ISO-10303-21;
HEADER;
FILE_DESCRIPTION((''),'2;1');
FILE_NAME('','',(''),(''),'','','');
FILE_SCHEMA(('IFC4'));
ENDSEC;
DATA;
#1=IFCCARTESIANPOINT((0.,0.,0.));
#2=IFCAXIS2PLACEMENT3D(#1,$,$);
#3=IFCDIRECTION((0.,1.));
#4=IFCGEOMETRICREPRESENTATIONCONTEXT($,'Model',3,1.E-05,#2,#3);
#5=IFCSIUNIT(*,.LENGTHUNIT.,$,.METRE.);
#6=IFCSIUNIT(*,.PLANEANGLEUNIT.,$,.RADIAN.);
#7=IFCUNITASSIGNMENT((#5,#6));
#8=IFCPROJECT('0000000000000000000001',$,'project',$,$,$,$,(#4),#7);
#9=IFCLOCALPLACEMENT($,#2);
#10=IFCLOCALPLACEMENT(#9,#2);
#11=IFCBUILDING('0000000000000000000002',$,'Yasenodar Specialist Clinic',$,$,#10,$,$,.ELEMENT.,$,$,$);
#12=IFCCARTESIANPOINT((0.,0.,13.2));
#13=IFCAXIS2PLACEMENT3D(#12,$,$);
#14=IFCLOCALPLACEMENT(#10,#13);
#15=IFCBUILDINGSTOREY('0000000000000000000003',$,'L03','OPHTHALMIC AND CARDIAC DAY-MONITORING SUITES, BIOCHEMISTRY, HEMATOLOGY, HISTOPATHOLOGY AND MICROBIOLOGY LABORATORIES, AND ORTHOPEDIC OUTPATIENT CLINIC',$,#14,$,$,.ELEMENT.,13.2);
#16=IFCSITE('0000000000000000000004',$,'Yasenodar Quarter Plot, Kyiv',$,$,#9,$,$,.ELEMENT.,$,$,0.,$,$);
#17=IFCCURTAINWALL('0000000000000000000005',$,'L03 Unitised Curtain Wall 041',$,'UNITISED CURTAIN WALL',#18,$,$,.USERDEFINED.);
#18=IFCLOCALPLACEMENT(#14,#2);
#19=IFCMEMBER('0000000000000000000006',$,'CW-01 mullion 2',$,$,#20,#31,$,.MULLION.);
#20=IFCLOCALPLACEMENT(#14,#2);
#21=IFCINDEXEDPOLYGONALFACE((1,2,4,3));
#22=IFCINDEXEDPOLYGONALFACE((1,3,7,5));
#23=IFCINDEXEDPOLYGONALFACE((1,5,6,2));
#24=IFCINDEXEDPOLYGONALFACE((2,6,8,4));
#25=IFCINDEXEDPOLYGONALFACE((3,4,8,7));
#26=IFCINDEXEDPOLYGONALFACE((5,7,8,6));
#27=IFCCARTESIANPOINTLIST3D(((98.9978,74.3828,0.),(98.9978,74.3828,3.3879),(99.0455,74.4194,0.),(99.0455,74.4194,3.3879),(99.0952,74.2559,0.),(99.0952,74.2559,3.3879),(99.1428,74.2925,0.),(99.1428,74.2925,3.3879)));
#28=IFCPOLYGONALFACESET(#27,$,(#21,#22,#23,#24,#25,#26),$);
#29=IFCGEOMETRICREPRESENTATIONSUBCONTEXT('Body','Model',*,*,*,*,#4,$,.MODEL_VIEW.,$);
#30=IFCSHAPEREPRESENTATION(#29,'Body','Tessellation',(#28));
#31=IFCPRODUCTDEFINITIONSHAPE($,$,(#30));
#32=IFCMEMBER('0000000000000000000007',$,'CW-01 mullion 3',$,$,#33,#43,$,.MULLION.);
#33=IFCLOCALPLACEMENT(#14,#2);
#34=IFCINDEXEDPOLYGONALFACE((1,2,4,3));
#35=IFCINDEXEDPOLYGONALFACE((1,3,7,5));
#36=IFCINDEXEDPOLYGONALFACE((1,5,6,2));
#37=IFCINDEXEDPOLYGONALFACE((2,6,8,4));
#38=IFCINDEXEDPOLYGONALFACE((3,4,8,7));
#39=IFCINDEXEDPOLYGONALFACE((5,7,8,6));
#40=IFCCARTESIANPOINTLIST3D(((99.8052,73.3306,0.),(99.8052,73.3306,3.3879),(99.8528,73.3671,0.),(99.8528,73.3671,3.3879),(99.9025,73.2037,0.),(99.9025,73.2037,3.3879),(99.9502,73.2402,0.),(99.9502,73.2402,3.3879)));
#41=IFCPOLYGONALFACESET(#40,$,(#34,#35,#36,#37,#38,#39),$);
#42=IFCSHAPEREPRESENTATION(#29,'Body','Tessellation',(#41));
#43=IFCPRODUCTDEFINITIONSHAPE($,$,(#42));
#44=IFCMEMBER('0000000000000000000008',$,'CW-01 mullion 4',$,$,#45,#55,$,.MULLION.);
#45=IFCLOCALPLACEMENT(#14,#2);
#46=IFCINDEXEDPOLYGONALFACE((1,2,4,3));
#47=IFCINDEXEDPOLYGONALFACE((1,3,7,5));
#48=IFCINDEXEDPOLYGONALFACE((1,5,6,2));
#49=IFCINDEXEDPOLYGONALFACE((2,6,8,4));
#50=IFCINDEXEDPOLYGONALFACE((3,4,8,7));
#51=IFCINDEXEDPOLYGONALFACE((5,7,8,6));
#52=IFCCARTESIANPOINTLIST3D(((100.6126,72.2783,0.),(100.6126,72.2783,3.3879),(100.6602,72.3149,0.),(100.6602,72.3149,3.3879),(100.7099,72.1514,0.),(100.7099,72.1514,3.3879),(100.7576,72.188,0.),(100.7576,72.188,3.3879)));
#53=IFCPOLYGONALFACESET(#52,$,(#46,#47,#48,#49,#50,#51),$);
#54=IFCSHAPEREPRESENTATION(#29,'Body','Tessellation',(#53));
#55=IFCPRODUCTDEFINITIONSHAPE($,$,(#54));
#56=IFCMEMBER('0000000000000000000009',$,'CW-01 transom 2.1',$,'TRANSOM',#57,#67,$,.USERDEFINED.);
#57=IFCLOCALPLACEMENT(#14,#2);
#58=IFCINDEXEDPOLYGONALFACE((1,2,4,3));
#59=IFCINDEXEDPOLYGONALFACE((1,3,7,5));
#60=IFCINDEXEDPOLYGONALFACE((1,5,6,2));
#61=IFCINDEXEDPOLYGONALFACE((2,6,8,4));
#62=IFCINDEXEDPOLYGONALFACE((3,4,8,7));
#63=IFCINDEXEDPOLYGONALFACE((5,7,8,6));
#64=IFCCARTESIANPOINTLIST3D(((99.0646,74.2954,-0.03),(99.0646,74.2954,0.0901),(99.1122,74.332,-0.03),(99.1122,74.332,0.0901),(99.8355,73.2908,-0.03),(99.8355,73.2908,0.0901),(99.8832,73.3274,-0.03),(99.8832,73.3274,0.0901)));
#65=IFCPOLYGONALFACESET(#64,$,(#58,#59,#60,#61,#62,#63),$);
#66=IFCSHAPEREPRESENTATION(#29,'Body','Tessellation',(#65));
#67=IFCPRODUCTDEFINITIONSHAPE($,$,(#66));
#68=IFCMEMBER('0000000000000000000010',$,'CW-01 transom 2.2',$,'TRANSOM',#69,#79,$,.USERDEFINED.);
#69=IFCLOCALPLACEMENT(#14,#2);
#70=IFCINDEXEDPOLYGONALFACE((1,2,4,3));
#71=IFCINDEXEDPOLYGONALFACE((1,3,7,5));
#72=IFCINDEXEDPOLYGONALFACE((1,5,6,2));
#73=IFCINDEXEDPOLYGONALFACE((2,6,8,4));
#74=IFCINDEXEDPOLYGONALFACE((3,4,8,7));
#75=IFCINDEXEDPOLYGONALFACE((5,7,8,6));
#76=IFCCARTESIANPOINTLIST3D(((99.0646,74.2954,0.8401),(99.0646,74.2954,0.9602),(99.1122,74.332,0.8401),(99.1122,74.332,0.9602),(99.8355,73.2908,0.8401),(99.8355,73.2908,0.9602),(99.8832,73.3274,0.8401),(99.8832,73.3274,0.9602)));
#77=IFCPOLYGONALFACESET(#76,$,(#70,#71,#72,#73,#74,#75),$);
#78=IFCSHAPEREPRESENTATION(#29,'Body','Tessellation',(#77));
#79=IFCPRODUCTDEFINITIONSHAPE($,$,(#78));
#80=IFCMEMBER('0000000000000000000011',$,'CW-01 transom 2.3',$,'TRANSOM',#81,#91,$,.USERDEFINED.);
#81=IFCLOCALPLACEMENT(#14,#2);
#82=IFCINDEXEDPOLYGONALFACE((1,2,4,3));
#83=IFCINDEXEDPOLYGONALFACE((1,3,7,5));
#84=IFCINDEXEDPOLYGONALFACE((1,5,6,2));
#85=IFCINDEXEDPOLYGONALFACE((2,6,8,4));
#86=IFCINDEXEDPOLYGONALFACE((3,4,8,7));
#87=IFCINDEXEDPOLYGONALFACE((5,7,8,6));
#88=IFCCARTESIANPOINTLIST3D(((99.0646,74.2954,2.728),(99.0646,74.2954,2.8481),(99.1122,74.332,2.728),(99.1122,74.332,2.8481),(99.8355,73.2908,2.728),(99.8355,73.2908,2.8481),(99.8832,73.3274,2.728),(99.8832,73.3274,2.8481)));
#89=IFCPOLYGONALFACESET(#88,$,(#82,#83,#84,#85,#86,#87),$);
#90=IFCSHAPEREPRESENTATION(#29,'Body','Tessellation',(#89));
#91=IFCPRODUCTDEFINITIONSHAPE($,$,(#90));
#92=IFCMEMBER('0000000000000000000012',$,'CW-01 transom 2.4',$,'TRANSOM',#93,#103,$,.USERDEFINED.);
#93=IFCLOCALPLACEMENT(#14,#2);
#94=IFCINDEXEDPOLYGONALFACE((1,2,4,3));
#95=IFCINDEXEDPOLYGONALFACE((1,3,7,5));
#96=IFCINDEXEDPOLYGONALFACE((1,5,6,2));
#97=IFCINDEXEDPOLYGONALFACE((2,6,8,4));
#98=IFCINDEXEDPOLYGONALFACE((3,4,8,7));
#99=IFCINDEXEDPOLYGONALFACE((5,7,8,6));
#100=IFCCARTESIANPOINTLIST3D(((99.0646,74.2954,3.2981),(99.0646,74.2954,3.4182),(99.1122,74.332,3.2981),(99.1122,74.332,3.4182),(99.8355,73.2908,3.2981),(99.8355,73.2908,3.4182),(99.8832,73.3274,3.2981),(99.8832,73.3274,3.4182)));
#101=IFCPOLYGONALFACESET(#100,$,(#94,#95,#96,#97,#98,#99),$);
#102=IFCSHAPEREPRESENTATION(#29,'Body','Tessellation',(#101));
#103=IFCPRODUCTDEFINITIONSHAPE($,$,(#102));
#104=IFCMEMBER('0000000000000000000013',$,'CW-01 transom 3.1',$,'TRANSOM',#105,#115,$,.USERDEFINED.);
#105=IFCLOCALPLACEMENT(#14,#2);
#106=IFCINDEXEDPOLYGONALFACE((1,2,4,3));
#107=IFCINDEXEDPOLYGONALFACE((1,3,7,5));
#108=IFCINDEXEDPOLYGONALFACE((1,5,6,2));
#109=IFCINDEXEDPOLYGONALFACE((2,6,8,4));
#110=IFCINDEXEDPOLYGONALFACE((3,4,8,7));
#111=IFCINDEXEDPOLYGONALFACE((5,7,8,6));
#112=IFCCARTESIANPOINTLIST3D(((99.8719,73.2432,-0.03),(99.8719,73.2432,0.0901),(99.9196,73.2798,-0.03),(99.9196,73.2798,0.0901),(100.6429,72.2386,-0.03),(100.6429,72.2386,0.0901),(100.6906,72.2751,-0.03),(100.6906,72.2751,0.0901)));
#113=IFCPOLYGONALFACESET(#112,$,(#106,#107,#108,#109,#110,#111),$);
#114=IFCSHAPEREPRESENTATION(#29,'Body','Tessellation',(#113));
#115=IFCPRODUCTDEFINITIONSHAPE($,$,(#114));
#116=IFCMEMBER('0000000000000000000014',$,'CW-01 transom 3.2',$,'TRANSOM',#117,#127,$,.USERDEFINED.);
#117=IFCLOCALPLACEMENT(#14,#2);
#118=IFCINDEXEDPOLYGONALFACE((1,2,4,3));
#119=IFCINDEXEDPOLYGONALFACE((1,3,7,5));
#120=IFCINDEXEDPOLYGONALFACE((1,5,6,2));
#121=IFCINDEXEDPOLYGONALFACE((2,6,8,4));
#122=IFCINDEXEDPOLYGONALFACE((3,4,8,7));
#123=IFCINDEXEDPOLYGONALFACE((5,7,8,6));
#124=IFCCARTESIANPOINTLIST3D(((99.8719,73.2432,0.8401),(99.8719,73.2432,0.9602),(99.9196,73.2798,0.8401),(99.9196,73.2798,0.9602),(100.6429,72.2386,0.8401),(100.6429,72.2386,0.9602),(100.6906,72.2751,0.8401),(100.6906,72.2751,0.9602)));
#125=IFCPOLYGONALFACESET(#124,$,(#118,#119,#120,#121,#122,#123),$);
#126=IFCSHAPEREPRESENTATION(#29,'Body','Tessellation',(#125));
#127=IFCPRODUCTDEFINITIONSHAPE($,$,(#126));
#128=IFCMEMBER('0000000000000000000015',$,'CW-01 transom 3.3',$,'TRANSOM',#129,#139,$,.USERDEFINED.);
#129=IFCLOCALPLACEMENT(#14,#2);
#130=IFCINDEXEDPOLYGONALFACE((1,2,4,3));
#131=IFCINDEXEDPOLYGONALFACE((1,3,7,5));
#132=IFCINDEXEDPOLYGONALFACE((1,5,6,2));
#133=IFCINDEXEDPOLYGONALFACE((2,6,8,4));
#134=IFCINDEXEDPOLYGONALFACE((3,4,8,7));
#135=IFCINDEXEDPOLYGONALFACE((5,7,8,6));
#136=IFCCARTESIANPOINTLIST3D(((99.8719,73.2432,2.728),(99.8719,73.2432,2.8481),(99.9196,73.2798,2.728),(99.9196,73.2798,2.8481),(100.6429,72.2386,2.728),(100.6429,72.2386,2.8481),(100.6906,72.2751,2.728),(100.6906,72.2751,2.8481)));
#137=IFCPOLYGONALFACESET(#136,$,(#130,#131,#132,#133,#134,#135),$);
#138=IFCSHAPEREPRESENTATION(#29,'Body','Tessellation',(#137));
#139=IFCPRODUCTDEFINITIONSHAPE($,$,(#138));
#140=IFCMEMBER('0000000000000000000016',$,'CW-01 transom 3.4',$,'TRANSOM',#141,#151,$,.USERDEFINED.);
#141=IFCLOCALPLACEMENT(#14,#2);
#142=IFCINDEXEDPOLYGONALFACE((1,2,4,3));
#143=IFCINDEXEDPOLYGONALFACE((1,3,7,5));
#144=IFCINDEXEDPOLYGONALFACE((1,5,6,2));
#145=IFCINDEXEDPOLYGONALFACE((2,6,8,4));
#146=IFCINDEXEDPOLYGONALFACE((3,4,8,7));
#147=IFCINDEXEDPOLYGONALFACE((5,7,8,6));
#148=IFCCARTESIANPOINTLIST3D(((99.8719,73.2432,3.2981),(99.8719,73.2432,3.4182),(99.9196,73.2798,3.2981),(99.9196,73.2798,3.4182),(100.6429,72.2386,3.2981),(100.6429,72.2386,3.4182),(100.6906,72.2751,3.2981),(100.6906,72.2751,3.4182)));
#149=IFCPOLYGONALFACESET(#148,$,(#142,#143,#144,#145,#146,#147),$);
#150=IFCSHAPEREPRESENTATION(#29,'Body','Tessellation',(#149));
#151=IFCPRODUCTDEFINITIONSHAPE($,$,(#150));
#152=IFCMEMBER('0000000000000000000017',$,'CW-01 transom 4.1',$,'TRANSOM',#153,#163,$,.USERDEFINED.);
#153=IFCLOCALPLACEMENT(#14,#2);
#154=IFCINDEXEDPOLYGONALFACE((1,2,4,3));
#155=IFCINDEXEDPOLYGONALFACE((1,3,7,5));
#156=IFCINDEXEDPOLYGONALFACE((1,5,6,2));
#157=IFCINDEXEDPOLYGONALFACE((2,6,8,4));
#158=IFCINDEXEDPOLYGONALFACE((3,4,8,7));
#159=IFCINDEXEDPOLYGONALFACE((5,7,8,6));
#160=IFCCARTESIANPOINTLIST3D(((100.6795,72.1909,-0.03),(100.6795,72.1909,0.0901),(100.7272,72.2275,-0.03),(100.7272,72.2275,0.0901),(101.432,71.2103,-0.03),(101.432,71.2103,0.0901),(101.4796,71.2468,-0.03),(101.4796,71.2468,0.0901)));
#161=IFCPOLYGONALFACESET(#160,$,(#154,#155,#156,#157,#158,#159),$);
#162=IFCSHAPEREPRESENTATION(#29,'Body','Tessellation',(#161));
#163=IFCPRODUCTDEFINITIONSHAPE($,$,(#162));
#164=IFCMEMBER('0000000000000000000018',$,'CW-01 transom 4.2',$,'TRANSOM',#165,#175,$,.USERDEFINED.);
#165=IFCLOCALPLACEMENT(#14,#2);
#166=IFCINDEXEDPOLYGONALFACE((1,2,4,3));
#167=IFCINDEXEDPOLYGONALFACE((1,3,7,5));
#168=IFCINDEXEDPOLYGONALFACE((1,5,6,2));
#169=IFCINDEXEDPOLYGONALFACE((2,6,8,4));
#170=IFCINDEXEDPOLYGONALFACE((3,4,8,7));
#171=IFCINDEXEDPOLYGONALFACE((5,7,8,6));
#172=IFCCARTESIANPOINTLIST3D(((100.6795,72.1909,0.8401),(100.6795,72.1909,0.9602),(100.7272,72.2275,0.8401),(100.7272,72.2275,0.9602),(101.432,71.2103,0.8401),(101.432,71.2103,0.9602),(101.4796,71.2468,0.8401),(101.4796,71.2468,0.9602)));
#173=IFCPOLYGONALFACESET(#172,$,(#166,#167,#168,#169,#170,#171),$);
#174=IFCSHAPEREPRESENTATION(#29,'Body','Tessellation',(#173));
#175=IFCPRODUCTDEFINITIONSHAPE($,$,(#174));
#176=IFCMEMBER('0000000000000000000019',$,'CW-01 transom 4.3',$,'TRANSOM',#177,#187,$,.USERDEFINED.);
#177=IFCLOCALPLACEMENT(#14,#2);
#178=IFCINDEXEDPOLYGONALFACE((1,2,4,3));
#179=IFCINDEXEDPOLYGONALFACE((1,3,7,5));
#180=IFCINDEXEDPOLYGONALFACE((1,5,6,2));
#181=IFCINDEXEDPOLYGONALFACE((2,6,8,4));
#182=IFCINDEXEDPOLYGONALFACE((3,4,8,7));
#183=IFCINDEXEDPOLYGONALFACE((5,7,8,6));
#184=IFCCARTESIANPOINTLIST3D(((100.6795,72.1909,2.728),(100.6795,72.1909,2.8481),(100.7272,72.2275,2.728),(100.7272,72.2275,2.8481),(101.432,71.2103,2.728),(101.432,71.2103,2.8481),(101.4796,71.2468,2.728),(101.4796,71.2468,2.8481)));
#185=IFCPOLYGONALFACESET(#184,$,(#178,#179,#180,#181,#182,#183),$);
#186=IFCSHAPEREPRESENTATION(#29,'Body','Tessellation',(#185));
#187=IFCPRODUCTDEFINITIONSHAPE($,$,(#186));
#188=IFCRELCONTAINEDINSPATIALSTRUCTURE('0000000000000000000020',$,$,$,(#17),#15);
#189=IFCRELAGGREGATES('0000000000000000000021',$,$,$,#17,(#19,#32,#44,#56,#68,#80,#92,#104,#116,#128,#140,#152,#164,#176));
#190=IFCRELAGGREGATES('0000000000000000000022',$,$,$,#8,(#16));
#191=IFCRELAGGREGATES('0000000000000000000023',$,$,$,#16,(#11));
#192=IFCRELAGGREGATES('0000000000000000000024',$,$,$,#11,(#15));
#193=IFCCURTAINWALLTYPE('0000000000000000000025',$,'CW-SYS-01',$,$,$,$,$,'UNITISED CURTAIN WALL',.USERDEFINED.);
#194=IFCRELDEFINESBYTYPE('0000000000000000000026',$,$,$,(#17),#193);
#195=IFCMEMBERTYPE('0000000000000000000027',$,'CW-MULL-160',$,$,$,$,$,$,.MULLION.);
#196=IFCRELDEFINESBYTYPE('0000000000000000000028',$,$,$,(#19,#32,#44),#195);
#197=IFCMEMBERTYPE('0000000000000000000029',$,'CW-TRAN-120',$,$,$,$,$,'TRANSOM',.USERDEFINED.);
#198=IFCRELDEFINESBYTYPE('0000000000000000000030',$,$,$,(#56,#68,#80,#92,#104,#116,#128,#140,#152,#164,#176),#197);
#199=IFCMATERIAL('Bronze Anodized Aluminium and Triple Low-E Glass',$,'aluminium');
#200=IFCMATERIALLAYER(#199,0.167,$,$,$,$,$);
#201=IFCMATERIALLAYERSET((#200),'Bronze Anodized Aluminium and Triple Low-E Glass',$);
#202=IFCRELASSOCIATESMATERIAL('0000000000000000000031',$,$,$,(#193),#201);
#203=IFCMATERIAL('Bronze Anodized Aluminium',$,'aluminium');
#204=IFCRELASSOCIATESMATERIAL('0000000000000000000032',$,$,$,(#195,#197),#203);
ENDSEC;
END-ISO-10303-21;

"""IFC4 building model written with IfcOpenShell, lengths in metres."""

from ifc_helpers import new_model, si_unit, direction, frame, origin, origin_2d, place, context, subcontext, project, spatial, rectangle, extrude, material, layer, layer_set, material_profile, profile_set, type_object, element, aggregate, save


model = new_model("IFC4")

# Units and contexts
model_context = context("Model", 3, precision=1e-05, world=origin(), true_north=direction((0.0, 1.0)))
body_context = subcontext(model_context, "Body", "Model", "MODEL_VIEW")
ifc_project = project(units=[si_unit("LENGTHUNIT", "METRE"), si_unit("PLANEANGLEUNIT", "RADIAN")], contexts=[model_context])

# Site, building, storey
site_placement = place(None, origin())
site = spatial("IfcSite", under=ifc_project, at=site_placement, Name="Yasenodar Quarter Plot, Kyiv", CompositionType="ELEMENT", RefElevation=0.0)
building_placement = place(site_placement, origin())
building = spatial("IfcBuilding", under=site, at=building_placement, Name="Yasenodar Specialist Clinic", CompositionType="ELEMENT")
storey_placement = place(building_placement, frame((0.0, 0.0, 13.2)))
storey = spatial("IfcBuildingStorey", under=building, at=storey_placement, Name="L03", Description="OPHTHALMIC AND CARDIAC DAY-MONITORING SUITES, BIOCHEMISTRY, HEMATOLOGY, HISTOPATHOLOGY AND MICROBIOLOGY LABORATORIES, AND ORTHOPEDIC OUTPATIENT CLINIC", CompositionType="ELEMENT", Elevation=13.2)

# Curtain wall, members
ifc_material_1 = material(Name="Bronze Anodized Aluminium and Triple Low-E Glass", Category="aluminium")
ifc_layer_1 = layer(ifc_material_1, 0.167)
ifc_layer_set_1 = layer_set([ifc_layer_1], Name="Bronze Anodized Aluminium and Triple Low-E Glass")
curtain_wall_type = type_object("IfcCurtainWallType", Name="CW-SYS-01", ElementType="UNITISED CURTAIN WALL", PredefinedType="USERDEFINED", material=ifc_layer_set_1)
curtain_wall_placement = place(storey_placement, origin())
curtain_wall = element("IfcCurtainWall", 1, at=curtain_wall_placement, inside=storey, type_object=curtain_wall_type, Name="L03 Unitised Curtain Wall 041", ObjectType="UNITISED CURTAIN WALL", PredefinedType="USERDEFINED")
ifc_material_2 = material(Name="Bronze Anodized Aluminium", Category="aluminium")
ifc_material_profile_1 = material_profile(ifc_material_2, rectangle(XDim=0.0601, YDim=0.1599, at=origin_2d()), Name="CW-MULL 60x160")
ifc_profile_set_1 = profile_set([ifc_material_profile_1], Name="Bronze Anodized Aluminium")
member_type_1 = type_object("IfcMemberType", Name="CW-MULL-160", PredefinedType="MULLION", material=ifc_profile_set_1)
member_1_placement = place(storey_placement, frame((99.0703, 74.3376, 0.0), z_axis=(0.0, 0.0, 1.0), x_axis=(0.793361, 0.608752, 0.0)))
member_1 = element("IfcMember", 2, at=member_1_placement, type_object=member_type_1, Name="CW-01 mullion 2", PredefinedType="MULLION", context=body_context, shape_type="SweptSolid", body=[
    extrude(rectangle(XDim=0.0601, YDim=0.1599, at=origin_2d()), origin(), (0.0, 0.0, 1.0), 3.3879),
])
member_2_placement = place(storey_placement, frame((99.8777, 73.2854, 0.0), z_axis=(0.0, 0.0, 1.0), x_axis=(0.793361, 0.608752, 0.0)))
member_2 = element("IfcMember", 3, at=member_2_placement, type_object=member_type_1, Name="CW-01 mullion 3", PredefinedType="MULLION", context=body_context, shape_type="SweptSolid", body=[
    extrude(rectangle(XDim=0.0601, YDim=0.1599, at=origin_2d()), origin(), (0.0, 0.0, 1.0), 3.3879),
])
member_3_placement = place(storey_placement, frame((100.6851, 72.2332, 0.0), z_axis=(0.0, 0.0, 1.0), x_axis=(0.793361, 0.608752, 0.0)))
member_3 = element("IfcMember", 4, at=member_3_placement, type_object=member_type_1, Name="CW-01 mullion 4", PredefinedType="MULLION", context=body_context, shape_type="SweptSolid", body=[
    extrude(rectangle(XDim=0.0601, YDim=0.1599, at=origin_2d()), origin(), (0.0, 0.0, 1.0), 3.3879),
])
ifc_material_profile_2 = material_profile(ifc_material_2, rectangle(XDim=0.0601, YDim=0.1201, at=origin_2d()), Name="CW-TRAN 60x120")
ifc_profile_set_2 = profile_set([ifc_material_profile_2], Name="Bronze Anodized Aluminium")
member_type_2 = type_object("IfcMemberType", Name="CW-TRAN-120", ElementType="TRANSOM", PredefinedType="USERDEFINED", material=ifc_profile_set_2)
member_4_placement = place(storey_placement, frame((99.0884, 74.3137, 0.03), z_axis=(0.608816, -0.793311, 0.0), x_axis=(0.793311, 0.608816, 0.0)))
member_4 = element("IfcMember", 5, at=member_4_placement, type_object=member_type_2, Name="CW-01 transom 2.1", ObjectType="TRANSOM", PredefinedType="USERDEFINED", context=body_context, shape_type="SweptSolid", body=[
    extrude(rectangle(XDim=0.0601, YDim=0.1201, at=origin_2d()), origin(), (0.0, 0.0, 1.0), 1.2664),
])
member_5_placement = place(storey_placement, frame((99.0884, 74.3137, 0.9001), z_axis=(0.608816, -0.793311, 0.0), x_axis=(0.793311, 0.608816, 0.0)))
member_5 = element("IfcMember", 6, at=member_5_placement, type_object=member_type_2, Name="CW-01 transom 2.2", ObjectType="TRANSOM", PredefinedType="USERDEFINED", context=body_context, shape_type="SweptSolid", body=[
    extrude(rectangle(XDim=0.0601, YDim=0.1201, at=origin_2d()), origin(), (0.0, 0.0, 1.0), 1.2664),
])
member_6_placement = place(storey_placement, frame((99.0884, 74.3137, 2.7881), z_axis=(0.608816, -0.793311, 0.0), x_axis=(0.793311, 0.608816, 0.0)))
member_6 = element("IfcMember", 7, at=member_6_placement, type_object=member_type_2, Name="CW-01 transom 2.3", ObjectType="TRANSOM", PredefinedType="USERDEFINED", context=body_context, shape_type="SweptSolid", body=[
    extrude(rectangle(XDim=0.0601, YDim=0.1201, at=origin_2d()), origin(), (0.0, 0.0, 1.0), 1.2664),
])
member_7_placement = place(storey_placement, frame((99.0884, 74.3137, 3.3582), z_axis=(0.608816, -0.793311, 0.0), x_axis=(0.793311, 0.608816, 0.0)))
member_7 = element("IfcMember", 8, at=member_7_placement, type_object=member_type_2, Name="CW-01 transom 2.4", ObjectType="TRANSOM", PredefinedType="USERDEFINED", context=body_context, shape_type="SweptSolid", body=[
    extrude(rectangle(XDim=0.0601, YDim=0.1201, at=origin_2d()), origin(), (0.0, 0.0, 1.0), 1.2664),
])
member_8_placement = place(storey_placement, frame((99.8958, 73.2615, 0.03), z_axis=(0.608816, -0.793311, 0.0), x_axis=(0.793311, 0.608816, 0.0)))
member_8 = element("IfcMember", 9, at=member_8_placement, type_object=member_type_2, Name="CW-01 transom 3.1", ObjectType="TRANSOM", PredefinedType="USERDEFINED", context=body_context, shape_type="SweptSolid", body=[
    extrude(rectangle(XDim=0.0601, YDim=0.1201, at=origin_2d()), origin(), (0.0, 0.0, 1.0), 1.2664),
])
member_9_placement = place(storey_placement, frame((99.8958, 73.2615, 0.9001), z_axis=(0.608816, -0.793311, 0.0), x_axis=(0.793311, 0.608816, 0.0)))
member_9 = element("IfcMember", 10, at=member_9_placement, type_object=member_type_2, Name="CW-01 transom 3.2", ObjectType="TRANSOM", PredefinedType="USERDEFINED", context=body_context, shape_type="SweptSolid", body=[
    extrude(rectangle(XDim=0.0601, YDim=0.1201, at=origin_2d()), origin(), (0.0, 0.0, 1.0), 1.2664),
])
member_10_placement = place(storey_placement, frame((99.8958, 73.2615, 2.7881), z_axis=(0.608816, -0.793311, 0.0), x_axis=(0.793311, 0.608816, 0.0)))
member_10 = element("IfcMember", 11, at=member_10_placement, type_object=member_type_2, Name="CW-01 transom 3.3", ObjectType="TRANSOM", PredefinedType="USERDEFINED", context=body_context, shape_type="SweptSolid", body=[
    extrude(rectangle(XDim=0.0601, YDim=0.1201, at=origin_2d()), origin(), (0.0, 0.0, 1.0), 1.2664),
])
member_11_placement = place(storey_placement, frame((99.8958, 73.2615, 3.3582), z_axis=(0.608816, -0.793311, 0.0), x_axis=(0.793311, 0.608816, 0.0)))
member_11 = element("IfcMember", 12, at=member_11_placement, type_object=member_type_2, Name="CW-01 transom 3.4", ObjectType="TRANSOM", PredefinedType="USERDEFINED", context=body_context, shape_type="SweptSolid", body=[
    extrude(rectangle(XDim=0.0601, YDim=0.1201, at=origin_2d()), origin(), (0.0, 0.0, 1.0), 1.2664),
])
member_12_placement = place(storey_placement, frame((100.7034, 72.2092, 0.03), z_axis=(0.608718, -0.793387, 0.0), x_axis=(0.793387, 0.608718, 0.0)))
member_12 = element("IfcMember", 13, at=member_12_placement, type_object=member_type_2, Name="CW-01 transom 4.1", ObjectType="TRANSOM", PredefinedType="USERDEFINED", context=body_context, shape_type="SweptSolid", body=[
    extrude(rectangle(XDim=0.0601, YDim=0.1201, at=origin_2d()), origin(), (0.0, 0.0, 1.0), 1.2361),
])
member_13_placement = place(storey_placement, frame((100.7034, 72.2092, 0.9001), z_axis=(0.608718, -0.793387, 0.0), x_axis=(0.793387, 0.608718, 0.0)))
member_13 = element("IfcMember", 14, at=member_13_placement, type_object=member_type_2, Name="CW-01 transom 4.2", ObjectType="TRANSOM", PredefinedType="USERDEFINED", context=body_context, shape_type="SweptSolid", body=[
    extrude(rectangle(XDim=0.0601, YDim=0.1201, at=origin_2d()), origin(), (0.0, 0.0, 1.0), 1.2361),
])
member_14_placement = place(storey_placement, frame((100.7034, 72.2092, 2.7881), z_axis=(0.608718, -0.793387, 0.0), x_axis=(0.793387, 0.608718, 0.0)))
member_14 = element("IfcMember", 15, at=member_14_placement, type_object=member_type_2, Name="CW-01 transom 4.3", ObjectType="TRANSOM", PredefinedType="USERDEFINED", context=body_context, shape_type="SweptSolid", body=[
    extrude(rectangle(XDim=0.0601, YDim=0.1201, at=origin_2d()), origin(), (0.0, 0.0, 1.0), 1.2361),
])
aggregate(curtain_wall, [member_1, member_2, member_3, member_4, member_5, member_6, member_7, member_8, member_9, member_10, member_11, member_12, member_13, member_14])

save(model, "model.ifc")
